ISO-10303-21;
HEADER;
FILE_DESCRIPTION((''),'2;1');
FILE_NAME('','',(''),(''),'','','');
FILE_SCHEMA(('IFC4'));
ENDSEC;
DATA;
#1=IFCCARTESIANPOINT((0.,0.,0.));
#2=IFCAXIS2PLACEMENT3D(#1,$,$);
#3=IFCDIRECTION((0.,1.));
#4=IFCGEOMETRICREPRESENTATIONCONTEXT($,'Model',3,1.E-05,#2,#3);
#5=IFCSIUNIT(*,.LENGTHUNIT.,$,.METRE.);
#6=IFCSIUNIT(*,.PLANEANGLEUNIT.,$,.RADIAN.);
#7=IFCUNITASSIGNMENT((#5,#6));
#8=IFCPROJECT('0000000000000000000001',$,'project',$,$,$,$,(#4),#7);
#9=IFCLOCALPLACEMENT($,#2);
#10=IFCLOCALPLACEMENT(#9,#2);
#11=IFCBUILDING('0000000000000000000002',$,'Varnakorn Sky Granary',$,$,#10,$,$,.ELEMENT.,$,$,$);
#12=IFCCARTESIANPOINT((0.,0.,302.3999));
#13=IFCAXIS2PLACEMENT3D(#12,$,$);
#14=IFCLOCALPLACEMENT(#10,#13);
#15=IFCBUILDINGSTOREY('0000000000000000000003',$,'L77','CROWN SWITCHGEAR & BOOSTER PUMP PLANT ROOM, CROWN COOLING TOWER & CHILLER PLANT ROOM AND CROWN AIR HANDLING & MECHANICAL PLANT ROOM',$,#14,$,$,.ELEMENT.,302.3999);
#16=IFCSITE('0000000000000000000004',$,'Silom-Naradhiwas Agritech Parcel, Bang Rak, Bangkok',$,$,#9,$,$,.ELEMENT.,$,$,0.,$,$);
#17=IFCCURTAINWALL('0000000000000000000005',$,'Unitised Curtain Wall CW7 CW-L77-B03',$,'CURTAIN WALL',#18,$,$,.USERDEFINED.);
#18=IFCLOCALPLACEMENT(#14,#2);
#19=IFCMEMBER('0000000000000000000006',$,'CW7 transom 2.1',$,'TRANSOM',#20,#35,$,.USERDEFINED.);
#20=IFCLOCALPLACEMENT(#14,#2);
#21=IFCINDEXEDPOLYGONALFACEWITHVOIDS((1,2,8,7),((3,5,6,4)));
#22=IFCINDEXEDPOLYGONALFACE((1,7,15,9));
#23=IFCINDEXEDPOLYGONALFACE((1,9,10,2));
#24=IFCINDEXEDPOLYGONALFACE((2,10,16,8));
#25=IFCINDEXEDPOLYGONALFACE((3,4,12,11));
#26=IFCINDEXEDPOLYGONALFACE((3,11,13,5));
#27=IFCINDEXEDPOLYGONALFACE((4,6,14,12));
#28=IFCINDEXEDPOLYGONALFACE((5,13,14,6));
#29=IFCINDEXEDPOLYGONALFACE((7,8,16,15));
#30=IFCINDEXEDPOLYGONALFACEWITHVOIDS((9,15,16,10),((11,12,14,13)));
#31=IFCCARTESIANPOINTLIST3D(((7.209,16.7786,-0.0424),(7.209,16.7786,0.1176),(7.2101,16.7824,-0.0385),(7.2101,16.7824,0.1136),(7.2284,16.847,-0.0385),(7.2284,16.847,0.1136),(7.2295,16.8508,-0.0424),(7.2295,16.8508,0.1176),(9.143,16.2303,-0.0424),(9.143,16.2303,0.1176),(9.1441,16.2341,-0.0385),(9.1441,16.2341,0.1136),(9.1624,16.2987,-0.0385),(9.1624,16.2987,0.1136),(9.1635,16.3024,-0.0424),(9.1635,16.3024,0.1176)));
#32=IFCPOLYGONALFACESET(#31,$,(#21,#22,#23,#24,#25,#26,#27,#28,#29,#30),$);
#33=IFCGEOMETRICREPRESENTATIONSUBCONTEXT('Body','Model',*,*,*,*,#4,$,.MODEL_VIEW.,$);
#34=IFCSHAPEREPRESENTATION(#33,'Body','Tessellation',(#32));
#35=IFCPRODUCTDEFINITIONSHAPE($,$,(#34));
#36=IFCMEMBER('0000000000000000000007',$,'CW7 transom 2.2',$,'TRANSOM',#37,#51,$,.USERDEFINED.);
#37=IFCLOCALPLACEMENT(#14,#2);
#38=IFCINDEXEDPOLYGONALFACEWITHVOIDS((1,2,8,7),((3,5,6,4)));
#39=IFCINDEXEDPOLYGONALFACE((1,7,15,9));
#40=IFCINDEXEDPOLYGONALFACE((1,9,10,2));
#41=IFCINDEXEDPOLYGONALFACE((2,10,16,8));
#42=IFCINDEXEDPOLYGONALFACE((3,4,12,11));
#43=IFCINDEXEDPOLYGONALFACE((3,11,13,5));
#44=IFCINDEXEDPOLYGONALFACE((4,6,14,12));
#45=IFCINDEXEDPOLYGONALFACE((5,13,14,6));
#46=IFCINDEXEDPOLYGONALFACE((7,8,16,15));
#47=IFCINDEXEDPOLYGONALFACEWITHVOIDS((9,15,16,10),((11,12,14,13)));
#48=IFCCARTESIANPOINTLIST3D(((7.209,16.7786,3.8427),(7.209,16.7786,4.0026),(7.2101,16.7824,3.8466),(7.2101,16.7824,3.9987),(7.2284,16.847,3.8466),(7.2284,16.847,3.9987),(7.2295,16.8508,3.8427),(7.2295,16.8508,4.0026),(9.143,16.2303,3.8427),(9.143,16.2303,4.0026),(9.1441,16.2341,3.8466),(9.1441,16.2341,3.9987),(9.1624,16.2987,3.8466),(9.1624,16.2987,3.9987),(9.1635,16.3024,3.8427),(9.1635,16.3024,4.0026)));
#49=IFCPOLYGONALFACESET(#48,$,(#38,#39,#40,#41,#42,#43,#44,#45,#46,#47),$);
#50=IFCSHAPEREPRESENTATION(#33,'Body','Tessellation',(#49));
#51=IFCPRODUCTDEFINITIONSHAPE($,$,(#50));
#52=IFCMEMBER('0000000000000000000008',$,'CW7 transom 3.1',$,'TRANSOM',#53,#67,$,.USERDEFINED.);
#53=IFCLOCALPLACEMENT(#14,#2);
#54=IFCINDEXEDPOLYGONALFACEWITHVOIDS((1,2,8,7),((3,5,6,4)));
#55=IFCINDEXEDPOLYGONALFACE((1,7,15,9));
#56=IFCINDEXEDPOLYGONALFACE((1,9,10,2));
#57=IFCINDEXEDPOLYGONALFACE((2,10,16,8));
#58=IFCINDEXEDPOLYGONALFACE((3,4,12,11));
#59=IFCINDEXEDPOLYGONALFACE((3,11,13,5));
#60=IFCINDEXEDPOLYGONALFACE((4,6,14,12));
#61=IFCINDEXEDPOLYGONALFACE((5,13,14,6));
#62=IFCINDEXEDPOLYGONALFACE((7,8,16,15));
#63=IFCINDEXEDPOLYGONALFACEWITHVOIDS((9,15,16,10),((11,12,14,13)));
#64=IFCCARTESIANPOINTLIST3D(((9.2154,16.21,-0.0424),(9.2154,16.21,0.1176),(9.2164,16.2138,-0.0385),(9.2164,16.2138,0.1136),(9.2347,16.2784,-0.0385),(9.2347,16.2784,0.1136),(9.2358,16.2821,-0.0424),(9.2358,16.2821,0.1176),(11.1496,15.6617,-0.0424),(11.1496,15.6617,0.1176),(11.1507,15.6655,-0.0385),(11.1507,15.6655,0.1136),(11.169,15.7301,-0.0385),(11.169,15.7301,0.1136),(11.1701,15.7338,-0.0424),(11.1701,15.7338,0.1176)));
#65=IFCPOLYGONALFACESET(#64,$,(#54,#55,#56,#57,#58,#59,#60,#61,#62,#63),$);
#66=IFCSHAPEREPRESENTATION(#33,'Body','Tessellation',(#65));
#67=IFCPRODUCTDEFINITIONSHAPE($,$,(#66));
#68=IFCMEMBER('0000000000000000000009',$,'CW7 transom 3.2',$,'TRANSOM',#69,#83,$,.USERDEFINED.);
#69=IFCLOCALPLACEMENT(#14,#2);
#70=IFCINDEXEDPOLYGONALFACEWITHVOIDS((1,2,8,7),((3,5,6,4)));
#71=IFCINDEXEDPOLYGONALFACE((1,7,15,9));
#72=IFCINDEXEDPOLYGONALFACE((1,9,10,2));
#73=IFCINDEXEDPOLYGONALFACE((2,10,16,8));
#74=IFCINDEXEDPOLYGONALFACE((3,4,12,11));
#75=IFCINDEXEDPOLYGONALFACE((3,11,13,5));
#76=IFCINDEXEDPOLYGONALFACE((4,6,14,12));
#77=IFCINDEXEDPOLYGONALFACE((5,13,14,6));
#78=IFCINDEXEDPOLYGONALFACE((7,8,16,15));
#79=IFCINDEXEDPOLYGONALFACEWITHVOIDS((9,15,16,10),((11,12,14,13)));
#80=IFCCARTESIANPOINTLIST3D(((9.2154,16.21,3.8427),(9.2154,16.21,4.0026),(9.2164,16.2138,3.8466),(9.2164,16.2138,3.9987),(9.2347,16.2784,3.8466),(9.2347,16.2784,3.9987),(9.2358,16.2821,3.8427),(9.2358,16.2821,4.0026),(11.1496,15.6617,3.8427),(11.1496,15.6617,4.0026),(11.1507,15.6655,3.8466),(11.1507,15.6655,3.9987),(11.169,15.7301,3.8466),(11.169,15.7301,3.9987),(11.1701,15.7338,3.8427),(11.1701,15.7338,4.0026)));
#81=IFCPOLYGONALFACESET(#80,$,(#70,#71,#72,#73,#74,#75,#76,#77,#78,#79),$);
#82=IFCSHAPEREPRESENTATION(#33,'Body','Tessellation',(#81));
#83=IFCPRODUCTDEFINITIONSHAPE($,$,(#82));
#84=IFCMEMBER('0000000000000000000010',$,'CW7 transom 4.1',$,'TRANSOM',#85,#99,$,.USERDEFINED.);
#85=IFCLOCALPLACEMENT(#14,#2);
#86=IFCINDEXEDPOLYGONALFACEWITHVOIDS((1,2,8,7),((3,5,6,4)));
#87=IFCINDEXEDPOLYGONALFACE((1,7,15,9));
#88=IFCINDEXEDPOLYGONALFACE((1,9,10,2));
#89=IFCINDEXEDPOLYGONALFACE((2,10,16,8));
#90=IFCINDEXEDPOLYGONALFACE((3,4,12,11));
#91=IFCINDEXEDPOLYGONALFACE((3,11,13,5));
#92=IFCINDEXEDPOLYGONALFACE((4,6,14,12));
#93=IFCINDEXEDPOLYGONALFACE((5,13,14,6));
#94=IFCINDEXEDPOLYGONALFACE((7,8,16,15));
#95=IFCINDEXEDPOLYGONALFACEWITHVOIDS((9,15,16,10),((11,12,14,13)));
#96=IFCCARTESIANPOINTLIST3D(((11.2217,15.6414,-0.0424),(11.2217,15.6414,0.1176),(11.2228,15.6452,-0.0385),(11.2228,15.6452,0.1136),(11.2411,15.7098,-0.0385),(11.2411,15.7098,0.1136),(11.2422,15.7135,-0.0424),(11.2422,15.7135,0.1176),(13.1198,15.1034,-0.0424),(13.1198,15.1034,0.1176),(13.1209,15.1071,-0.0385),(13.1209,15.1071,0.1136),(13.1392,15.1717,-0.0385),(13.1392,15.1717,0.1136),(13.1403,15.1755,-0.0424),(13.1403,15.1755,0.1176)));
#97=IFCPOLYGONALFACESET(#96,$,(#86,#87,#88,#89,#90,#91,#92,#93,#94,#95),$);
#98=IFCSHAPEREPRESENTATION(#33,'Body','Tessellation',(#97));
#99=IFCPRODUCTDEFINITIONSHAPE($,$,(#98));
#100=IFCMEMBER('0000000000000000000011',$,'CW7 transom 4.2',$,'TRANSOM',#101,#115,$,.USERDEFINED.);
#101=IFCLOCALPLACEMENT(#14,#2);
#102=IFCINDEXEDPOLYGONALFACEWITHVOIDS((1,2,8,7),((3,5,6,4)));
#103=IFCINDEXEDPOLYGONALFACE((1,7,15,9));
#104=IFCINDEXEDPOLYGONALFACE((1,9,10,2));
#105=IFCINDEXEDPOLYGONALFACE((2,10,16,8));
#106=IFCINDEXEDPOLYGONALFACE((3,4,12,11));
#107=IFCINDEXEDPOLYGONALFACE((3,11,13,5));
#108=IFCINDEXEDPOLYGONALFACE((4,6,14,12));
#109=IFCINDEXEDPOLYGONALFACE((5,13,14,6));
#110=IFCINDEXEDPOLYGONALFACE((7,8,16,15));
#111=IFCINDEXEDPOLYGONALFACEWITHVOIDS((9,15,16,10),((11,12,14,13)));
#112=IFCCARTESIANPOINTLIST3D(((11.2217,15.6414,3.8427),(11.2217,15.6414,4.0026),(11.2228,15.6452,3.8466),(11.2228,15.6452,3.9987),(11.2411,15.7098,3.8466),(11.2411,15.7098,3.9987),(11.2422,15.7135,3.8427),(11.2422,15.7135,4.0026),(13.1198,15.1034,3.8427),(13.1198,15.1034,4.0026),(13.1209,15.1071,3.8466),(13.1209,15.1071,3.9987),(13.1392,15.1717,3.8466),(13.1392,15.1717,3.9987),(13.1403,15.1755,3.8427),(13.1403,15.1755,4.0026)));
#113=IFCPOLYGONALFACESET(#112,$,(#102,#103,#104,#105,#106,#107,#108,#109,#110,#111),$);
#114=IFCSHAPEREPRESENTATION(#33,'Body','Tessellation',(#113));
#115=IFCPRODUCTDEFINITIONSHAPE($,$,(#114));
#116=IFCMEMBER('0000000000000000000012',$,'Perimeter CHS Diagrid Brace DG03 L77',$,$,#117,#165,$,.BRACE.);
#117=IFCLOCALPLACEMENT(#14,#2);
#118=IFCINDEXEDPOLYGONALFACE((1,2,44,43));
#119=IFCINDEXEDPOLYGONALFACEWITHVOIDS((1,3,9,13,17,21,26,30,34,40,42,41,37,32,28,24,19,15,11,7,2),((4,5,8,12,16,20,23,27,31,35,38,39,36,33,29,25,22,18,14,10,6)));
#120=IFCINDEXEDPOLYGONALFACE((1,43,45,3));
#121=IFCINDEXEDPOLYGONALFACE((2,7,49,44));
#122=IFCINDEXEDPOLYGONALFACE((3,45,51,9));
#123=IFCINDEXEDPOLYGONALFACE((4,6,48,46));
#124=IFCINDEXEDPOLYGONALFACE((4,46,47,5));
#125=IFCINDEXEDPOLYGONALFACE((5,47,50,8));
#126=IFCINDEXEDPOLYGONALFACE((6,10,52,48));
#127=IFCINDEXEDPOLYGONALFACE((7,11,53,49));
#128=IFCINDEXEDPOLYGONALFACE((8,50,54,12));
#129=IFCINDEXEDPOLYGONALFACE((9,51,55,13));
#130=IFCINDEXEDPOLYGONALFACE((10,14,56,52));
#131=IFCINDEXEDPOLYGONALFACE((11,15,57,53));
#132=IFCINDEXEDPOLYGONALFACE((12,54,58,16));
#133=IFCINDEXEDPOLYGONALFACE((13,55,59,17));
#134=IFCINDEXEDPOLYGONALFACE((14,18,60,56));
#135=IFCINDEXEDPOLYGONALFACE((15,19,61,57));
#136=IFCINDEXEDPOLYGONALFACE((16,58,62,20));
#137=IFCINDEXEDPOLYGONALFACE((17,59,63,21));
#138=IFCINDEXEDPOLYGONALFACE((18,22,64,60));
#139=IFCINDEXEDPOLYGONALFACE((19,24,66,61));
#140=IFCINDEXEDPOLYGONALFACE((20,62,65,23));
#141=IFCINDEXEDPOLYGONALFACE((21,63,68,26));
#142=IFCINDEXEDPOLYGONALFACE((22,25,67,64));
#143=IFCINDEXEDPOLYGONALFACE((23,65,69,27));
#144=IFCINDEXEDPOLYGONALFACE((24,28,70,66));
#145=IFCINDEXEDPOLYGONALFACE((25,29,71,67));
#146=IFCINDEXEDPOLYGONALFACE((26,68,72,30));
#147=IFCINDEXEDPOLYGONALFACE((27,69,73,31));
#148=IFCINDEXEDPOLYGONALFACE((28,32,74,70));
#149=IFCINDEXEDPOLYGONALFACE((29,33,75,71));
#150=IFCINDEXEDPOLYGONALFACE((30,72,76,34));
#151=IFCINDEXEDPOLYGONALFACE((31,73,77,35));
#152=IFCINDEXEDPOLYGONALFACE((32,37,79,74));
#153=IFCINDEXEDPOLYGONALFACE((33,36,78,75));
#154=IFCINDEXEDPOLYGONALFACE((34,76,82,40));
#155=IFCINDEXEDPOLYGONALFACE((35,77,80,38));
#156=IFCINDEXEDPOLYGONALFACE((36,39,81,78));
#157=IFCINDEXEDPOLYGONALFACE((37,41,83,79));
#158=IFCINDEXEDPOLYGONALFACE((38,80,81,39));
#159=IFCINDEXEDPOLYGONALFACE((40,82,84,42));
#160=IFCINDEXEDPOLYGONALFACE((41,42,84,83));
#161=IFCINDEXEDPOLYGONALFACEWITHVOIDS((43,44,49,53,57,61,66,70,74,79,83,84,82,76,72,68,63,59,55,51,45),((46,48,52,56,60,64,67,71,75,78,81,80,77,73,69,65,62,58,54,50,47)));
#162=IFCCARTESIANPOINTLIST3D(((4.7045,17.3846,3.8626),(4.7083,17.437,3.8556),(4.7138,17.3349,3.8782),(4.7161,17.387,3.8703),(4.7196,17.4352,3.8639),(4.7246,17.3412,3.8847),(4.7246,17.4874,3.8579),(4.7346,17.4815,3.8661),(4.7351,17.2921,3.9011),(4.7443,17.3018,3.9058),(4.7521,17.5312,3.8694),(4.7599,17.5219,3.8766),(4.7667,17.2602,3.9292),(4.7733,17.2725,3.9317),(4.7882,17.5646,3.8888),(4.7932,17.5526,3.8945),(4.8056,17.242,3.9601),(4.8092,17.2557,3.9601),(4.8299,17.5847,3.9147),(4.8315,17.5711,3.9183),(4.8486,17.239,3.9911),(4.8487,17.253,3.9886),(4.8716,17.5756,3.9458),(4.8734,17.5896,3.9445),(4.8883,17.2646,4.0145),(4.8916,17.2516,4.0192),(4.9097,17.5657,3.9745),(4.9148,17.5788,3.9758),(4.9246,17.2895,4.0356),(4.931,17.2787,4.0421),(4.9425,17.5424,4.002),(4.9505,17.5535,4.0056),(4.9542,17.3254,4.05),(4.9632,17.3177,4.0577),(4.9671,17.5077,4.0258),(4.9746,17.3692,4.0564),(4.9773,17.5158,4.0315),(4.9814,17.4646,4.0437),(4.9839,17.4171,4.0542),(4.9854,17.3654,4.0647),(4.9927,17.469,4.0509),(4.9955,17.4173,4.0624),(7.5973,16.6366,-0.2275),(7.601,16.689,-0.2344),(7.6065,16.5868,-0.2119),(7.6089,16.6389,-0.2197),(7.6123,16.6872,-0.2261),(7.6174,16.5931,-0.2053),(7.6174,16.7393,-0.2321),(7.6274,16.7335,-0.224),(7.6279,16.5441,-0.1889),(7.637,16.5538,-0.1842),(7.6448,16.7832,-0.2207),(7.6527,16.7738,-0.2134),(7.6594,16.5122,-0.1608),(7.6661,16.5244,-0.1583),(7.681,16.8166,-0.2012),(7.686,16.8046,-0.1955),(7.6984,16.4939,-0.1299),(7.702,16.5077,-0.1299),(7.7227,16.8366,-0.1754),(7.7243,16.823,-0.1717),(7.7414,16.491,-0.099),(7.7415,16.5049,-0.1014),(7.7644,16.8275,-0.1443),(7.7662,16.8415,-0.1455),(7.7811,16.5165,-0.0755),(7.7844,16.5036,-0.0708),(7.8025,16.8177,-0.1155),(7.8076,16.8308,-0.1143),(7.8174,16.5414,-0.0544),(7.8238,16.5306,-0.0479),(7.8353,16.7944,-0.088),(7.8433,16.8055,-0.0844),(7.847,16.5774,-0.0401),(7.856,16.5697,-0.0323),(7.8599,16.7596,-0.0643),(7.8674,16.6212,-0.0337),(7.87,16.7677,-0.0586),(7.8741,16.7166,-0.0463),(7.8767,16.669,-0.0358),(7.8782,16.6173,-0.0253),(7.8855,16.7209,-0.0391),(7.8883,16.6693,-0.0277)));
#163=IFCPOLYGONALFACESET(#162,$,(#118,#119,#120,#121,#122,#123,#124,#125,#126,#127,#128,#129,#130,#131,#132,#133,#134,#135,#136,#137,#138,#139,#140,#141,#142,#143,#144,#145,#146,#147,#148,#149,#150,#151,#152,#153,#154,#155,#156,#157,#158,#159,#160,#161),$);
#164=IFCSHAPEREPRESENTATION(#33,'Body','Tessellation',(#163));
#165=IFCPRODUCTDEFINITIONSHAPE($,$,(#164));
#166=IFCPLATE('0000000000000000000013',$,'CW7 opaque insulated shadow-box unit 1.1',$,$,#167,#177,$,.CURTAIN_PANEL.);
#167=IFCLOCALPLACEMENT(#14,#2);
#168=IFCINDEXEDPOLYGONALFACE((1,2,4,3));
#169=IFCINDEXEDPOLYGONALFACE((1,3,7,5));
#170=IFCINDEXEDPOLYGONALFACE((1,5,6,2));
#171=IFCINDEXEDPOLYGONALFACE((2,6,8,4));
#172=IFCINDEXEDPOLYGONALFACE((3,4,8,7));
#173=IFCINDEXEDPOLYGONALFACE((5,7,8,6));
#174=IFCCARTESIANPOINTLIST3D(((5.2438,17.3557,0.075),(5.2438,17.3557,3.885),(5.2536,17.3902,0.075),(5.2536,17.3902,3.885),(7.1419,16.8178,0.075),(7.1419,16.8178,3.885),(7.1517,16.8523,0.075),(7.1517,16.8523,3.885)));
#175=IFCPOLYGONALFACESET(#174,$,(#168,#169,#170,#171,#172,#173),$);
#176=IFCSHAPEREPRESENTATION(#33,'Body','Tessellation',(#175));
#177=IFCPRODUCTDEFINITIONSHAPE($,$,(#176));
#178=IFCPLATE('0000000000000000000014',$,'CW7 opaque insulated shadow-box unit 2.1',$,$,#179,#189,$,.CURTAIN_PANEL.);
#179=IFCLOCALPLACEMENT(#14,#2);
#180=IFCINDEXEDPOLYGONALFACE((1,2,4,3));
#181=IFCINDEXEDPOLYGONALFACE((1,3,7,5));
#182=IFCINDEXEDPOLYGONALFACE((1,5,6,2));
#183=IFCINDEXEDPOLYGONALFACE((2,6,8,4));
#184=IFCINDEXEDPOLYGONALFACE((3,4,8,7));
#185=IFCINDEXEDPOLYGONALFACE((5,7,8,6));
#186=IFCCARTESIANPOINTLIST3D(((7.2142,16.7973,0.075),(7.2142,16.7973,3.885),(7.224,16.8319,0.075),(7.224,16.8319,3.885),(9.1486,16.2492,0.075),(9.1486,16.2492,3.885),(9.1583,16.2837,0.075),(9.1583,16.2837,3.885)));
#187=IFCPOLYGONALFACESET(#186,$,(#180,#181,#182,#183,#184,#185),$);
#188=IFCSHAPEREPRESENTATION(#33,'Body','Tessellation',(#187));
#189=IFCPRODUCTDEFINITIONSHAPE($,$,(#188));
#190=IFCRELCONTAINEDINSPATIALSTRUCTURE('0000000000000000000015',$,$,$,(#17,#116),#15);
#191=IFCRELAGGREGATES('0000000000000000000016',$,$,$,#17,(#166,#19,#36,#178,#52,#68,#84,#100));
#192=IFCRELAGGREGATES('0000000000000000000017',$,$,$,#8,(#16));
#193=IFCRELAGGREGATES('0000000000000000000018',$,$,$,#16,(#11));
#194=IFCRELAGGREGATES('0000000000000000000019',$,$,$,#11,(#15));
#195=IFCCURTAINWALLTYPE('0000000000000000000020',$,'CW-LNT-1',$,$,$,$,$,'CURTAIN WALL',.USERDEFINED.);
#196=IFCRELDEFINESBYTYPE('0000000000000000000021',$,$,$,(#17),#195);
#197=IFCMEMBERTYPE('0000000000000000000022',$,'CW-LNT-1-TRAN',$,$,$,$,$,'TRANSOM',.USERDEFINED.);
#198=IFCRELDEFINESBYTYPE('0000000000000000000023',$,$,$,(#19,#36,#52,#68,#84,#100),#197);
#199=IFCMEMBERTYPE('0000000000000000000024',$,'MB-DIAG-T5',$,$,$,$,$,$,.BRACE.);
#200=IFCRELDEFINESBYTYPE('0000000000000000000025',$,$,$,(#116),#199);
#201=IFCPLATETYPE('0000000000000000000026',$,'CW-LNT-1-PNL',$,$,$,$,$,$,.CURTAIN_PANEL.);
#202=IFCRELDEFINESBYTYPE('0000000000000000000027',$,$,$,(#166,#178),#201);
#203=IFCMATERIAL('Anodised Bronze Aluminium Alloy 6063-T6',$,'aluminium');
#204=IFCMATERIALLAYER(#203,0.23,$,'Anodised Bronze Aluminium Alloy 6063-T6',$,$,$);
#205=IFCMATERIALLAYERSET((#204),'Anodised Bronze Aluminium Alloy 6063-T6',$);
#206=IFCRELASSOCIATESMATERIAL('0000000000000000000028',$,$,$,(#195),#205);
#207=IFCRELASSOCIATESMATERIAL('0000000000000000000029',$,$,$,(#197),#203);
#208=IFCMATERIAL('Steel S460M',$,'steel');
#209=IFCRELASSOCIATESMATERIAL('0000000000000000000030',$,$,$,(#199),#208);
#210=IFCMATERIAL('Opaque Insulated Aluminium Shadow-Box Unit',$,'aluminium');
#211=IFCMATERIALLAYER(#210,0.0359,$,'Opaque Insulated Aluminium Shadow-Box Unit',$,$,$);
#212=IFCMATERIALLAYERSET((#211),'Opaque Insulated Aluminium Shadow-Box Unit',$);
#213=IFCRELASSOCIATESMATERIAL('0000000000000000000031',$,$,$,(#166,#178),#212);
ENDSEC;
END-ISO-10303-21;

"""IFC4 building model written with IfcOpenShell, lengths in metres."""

from ifc_helpers import new_model, si_unit, direction, frame, origin, origin_2d, place, context, subcontext, project, spatial, rectangle, hollow_rectangle, hollow_circle, extrude, source, transform, mapped, material, layer, layer_set, material_profile, profile_set, type_object, type_shapes, element, aggregate, save


model = new_model("IFC4")

# Units and contexts
model_context = context("Model", 3, precision=1e-05, world=origin(), true_north=direction((0.0, 1.0)))
body_context = subcontext(model_context, "Body", "Model", "MODEL_VIEW")
ifc_project = project(units=[si_unit("LENGTHUNIT", "METRE"), si_unit("PLANEANGLEUNIT", "RADIAN")], contexts=[model_context])

# Site, building, storey
site_placement = place(None, origin())
site = spatial("IfcSite", under=ifc_project, at=site_placement, Name="Silom-Naradhiwas Agritech Parcel, Bang Rak, Bangkok", CompositionType="ELEMENT", RefElevation=0.0)
building_placement = place(site_placement, origin())
building = spatial("IfcBuilding", under=site, at=building_placement, Name="Varnakorn Sky Granary", CompositionType="ELEMENT")
storey_placement = place(building_placement, frame((0.0, 0.0, 302.3999)))
storey = spatial("IfcBuildingStorey", under=building, at=storey_placement, Name="L77", Description="CROWN SWITCHGEAR & BOOSTER PUMP PLANT ROOM, CROWN COOLING TOWER & CHILLER PLANT ROOM AND CROWN AIR HANDLING & MECHANICAL PLANT ROOM", CompositionType="ELEMENT", Elevation=302.3999)

# Curtain wall, members
ifc_material_1 = material(Name="Anodised Bronze Aluminium Alloy 6063-T6", Category="aluminium")
ifc_layer_1 = layer(ifc_material_1, 0.23, Name="Anodised Bronze Aluminium Alloy 6063-T6")
ifc_layer_set_1 = layer_set([ifc_layer_1], Name="Anodised Bronze Aluminium Alloy 6063-T6")
curtain_wall_type = type_object("IfcCurtainWallType", Name="CW-LNT-1", ElementType="CURTAIN WALL", PredefinedType="USERDEFINED", material=ifc_layer_set_1)
curtain_wall_placement = place(storey_placement, origin())
curtain_wall = element("IfcCurtainWall", 1, at=curtain_wall_placement, inside=storey, type_object=curtain_wall_type, Name="Unitised Curtain Wall CW7 CW-L77-B03", ObjectType="CURTAIN WALL", PredefinedType="USERDEFINED")
ifc_material_profile_1 = material_profile(ifc_material_1, hollow_rectangle(XDim=0.075, YDim=0.1599, WallThickness=0.0039, at=origin_2d()), Name="ALU TRAN 75x160")
ifc_profile_set_1 = profile_set([ifc_material_profile_1], Name="Anodised Bronze Aluminium Alloy 6063-T6")
member_type_1 = type_object("IfcMemberType", Name="CW-LNT-1-TRAN", ElementType="TRANSOM", PredefinedType="USERDEFINED", material=ifc_profile_set_1)
member_1_placement = place(storey_placement, frame((7.2192, 16.8147, 0.0376), z_axis=(0.962081, -0.272764, 0.0), x_axis=(0.272764, 0.962081, 0.0)))
member_1 = element("IfcMember", 2, at=member_1_placement, type_object=member_type_1, Name="CW7 transom 2.1", ObjectType="TRANSOM", PredefinedType="USERDEFINED", context=body_context, shape_type="SweptSolid", body=[
    extrude(hollow_rectangle(XDim=0.075, YDim=0.1599, WallThickness=0.0039, at=origin_2d()), origin(), (0.0, 0.0, 1.0), 2.0103),
])
member_2_placement = place(storey_placement, frame((7.2192, 16.8147, 3.9226), z_axis=(0.962081, -0.272764, 0.0), x_axis=(0.272764, 0.962081, 0.0)))
member_2 = element("IfcMember", 3, at=member_2_placement, type_object=member_type_1, Name="CW7 transom 2.2", ObjectType="TRANSOM", PredefinedType="USERDEFINED", context=body_context, shape_type="SweptSolid", body=[
    extrude(hollow_rectangle(XDim=0.075, YDim=0.1599, WallThickness=0.0039, at=origin_2d()), origin(), (0.0, 0.0, 1.0), 2.0103),
])
member_3_placement = place(storey_placement, frame((9.2256, 16.2461, 0.0376), z_axis=(0.96209, -0.272732, 0.0), x_axis=(0.272732, 0.96209, 0.0)))
member_3 = element("IfcMember", 4, at=member_3_placement, type_object=member_type_1, Name="CW7 transom 3.1", ObjectType="TRANSOM", PredefinedType="USERDEFINED", context=body_context, shape_type="SweptSolid", body=[
    extrude(hollow_rectangle(XDim=0.075, YDim=0.1599, WallThickness=0.0039, at=origin_2d()), origin(), (0.0, 0.0, 1.0), 2.0105),
])
member_4_placement = place(storey_placement, frame((9.2256, 16.2461, 3.9226), z_axis=(0.96209, -0.272732, 0.0), x_axis=(0.272732, 0.96209, 0.0)))
member_4 = element("IfcMember", 5, at=member_4_placement, type_object=member_type_1, Name="CW7 transom 3.2", ObjectType="TRANSOM", PredefinedType="USERDEFINED", context=body_context, shape_type="SweptSolid", body=[
    extrude(hollow_rectangle(XDim=0.075, YDim=0.1599, WallThickness=0.0039, at=origin_2d()), origin(), (0.0, 0.0, 1.0), 2.0105),
])
member_5_placement = place(storey_placement, frame((11.2319, 15.6775, 0.0376), z_axis=(0.962092, -0.272727, 0.0), x_axis=(0.272727, 0.962092, 0.0)))
member_5 = element("IfcMember", 6, at=member_5_placement, type_object=member_type_1, Name="CW7 transom 4.1", ObjectType="TRANSOM", PredefinedType="USERDEFINED", context=body_context, shape_type="SweptSolid", body=[
    extrude(hollow_rectangle(XDim=0.075, YDim=0.1599, WallThickness=0.0039, at=origin_2d()), origin(), (0.0, 0.0, 1.0), 1.9729),
])
member_6_placement = place(storey_placement, frame((11.2319, 15.6775, 3.9226), z_axis=(0.962092, -0.272727, 0.0), x_axis=(0.272727, 0.962092, 0.0)))
member_6 = element("IfcMember", 7, at=member_6_placement, type_object=member_type_1, Name="CW7 transom 4.2", ObjectType="TRANSOM", PredefinedType="USERDEFINED", context=body_context, shape_type="SweptSolid", body=[
    extrude(hollow_rectangle(XDim=0.075, YDim=0.1599, WallThickness=0.0039, at=origin_2d()), origin(), (0.0, 0.0, 1.0), 1.9729),
])

# Member
ifc_material_2 = material(Name="Steel S460M", Category="steel")
ifc_material_profile_2 = material_profile(ifc_material_2, hollow_circle(Radius=0.1777, WallThickness=0.0142, at=origin_2d()), Name="CHS 355.6x14")
ifc_profile_set_2 = profile_set([ifc_material_profile_2], Name="Steel S460M")
member_type_2 = type_object("IfcMemberType", Name="MB-DIAG-T5", PredefinedType="BRACE", material=ifc_profile_set_2)
member_7_placement = place(storey_placement, frame((7.7429, 16.666, -0.1299), z_axis=(-0.571111, 0.147682, 0.807479), x_axis=(-0.250352, -0.968155, 0.0)))
element("IfcMember", 8, at=member_7_placement, inside=storey, type_object=member_type_2, Name="Perimeter CHS Diagrid Brace DG03 L77", PredefinedType="BRACE", context=body_context, shape_type="SweptSolid", body=[
    extrude(hollow_circle(Radius=0.1777, WallThickness=0.0142, at=origin_2d()), origin(), (0.0, 0.0, 1.0), 5.0652),
])

# Plates
ifc_material_3 = material(Name="Opaque Insulated Aluminium Shadow-Box Unit", Category="aluminium")
ifc_layer_2 = layer(ifc_material_3, 0.0359, Name="Opaque Insulated Aluminium Shadow-Box Unit")
ifc_layer_set_2 = layer_set([ifc_layer_2], Name="Opaque Insulated Aluminium Shadow-Box Unit")
plate_type = type_object("IfcPlateType", Name="CW-LNT-1-PNL", PredefinedType="CURTAIN_PANEL")
shared_shape_1 = source(origin(), body_context, "Body", "SweptSolid", [
    extrude(rectangle(XDim=1.9729, YDim=0.0359, at=origin_2d()), origin(), (0.0, 0.0, 1.0), 3.8101),
])
plate_1_placement = place(storey_placement, frame((6.1978, 17.104, 0.075), z_axis=(0.0, 0.0, 1.0), x_axis=(0.962113, -0.27265, 0.0)))
plate_1 = element("IfcPlate", 9, at=plate_1_placement, type_object=plate_type, material=ifc_layer_set_2, Name="CW7 opaque insulated shadow-box unit 1.1", PredefinedType="CURTAIN_PANEL", context=body_context, shape_type="MappedRepresentation", body=[
    mapped(shared_shape_1, transform((0.0, 0.0, 0.0), x_axis=(1.0, 0.0, 0.0), y_axis=(0.0, 1.0, 0.0), z_axis=(0.0, 0.0, 1.0), scale=1.0)),
])
shared_shape_2 = source(origin(), body_context, "Body", "SweptSolid", [
    extrude(rectangle(XDim=2.0105, YDim=0.0359, at=origin_2d()), origin(), (0.0, 0.0, 1.0), 3.8101),
])
type_shapes(plate_type, [shared_shape_1, shared_shape_2])
plate_2_placement = place(storey_placement, frame((8.1863, 16.5405, 0.075), z_axis=(0.0, 0.0, 1.0), x_axis=(0.962113, -0.27265, 0.0)))
plate_2 = element("IfcPlate", 10, at=plate_2_placement, type_object=plate_type, material=ifc_layer_set_2, Name="CW7 opaque insulated shadow-box unit 2.1", PredefinedType="CURTAIN_PANEL", context=body_context, shape_type="MappedRepresentation", body=[
    mapped(shared_shape_2, transform((0.0, 0.0, 0.0), x_axis=(1.0, 0.0, 0.0), y_axis=(0.0, 1.0, 0.0), z_axis=(0.0, 0.0, 1.0), scale=1.0)),
])
aggregate(curtain_wall, [plate_1, member_1, member_2, plate_2, member_3, member_4, member_5, member_6])

save(model, "model.ifc")
